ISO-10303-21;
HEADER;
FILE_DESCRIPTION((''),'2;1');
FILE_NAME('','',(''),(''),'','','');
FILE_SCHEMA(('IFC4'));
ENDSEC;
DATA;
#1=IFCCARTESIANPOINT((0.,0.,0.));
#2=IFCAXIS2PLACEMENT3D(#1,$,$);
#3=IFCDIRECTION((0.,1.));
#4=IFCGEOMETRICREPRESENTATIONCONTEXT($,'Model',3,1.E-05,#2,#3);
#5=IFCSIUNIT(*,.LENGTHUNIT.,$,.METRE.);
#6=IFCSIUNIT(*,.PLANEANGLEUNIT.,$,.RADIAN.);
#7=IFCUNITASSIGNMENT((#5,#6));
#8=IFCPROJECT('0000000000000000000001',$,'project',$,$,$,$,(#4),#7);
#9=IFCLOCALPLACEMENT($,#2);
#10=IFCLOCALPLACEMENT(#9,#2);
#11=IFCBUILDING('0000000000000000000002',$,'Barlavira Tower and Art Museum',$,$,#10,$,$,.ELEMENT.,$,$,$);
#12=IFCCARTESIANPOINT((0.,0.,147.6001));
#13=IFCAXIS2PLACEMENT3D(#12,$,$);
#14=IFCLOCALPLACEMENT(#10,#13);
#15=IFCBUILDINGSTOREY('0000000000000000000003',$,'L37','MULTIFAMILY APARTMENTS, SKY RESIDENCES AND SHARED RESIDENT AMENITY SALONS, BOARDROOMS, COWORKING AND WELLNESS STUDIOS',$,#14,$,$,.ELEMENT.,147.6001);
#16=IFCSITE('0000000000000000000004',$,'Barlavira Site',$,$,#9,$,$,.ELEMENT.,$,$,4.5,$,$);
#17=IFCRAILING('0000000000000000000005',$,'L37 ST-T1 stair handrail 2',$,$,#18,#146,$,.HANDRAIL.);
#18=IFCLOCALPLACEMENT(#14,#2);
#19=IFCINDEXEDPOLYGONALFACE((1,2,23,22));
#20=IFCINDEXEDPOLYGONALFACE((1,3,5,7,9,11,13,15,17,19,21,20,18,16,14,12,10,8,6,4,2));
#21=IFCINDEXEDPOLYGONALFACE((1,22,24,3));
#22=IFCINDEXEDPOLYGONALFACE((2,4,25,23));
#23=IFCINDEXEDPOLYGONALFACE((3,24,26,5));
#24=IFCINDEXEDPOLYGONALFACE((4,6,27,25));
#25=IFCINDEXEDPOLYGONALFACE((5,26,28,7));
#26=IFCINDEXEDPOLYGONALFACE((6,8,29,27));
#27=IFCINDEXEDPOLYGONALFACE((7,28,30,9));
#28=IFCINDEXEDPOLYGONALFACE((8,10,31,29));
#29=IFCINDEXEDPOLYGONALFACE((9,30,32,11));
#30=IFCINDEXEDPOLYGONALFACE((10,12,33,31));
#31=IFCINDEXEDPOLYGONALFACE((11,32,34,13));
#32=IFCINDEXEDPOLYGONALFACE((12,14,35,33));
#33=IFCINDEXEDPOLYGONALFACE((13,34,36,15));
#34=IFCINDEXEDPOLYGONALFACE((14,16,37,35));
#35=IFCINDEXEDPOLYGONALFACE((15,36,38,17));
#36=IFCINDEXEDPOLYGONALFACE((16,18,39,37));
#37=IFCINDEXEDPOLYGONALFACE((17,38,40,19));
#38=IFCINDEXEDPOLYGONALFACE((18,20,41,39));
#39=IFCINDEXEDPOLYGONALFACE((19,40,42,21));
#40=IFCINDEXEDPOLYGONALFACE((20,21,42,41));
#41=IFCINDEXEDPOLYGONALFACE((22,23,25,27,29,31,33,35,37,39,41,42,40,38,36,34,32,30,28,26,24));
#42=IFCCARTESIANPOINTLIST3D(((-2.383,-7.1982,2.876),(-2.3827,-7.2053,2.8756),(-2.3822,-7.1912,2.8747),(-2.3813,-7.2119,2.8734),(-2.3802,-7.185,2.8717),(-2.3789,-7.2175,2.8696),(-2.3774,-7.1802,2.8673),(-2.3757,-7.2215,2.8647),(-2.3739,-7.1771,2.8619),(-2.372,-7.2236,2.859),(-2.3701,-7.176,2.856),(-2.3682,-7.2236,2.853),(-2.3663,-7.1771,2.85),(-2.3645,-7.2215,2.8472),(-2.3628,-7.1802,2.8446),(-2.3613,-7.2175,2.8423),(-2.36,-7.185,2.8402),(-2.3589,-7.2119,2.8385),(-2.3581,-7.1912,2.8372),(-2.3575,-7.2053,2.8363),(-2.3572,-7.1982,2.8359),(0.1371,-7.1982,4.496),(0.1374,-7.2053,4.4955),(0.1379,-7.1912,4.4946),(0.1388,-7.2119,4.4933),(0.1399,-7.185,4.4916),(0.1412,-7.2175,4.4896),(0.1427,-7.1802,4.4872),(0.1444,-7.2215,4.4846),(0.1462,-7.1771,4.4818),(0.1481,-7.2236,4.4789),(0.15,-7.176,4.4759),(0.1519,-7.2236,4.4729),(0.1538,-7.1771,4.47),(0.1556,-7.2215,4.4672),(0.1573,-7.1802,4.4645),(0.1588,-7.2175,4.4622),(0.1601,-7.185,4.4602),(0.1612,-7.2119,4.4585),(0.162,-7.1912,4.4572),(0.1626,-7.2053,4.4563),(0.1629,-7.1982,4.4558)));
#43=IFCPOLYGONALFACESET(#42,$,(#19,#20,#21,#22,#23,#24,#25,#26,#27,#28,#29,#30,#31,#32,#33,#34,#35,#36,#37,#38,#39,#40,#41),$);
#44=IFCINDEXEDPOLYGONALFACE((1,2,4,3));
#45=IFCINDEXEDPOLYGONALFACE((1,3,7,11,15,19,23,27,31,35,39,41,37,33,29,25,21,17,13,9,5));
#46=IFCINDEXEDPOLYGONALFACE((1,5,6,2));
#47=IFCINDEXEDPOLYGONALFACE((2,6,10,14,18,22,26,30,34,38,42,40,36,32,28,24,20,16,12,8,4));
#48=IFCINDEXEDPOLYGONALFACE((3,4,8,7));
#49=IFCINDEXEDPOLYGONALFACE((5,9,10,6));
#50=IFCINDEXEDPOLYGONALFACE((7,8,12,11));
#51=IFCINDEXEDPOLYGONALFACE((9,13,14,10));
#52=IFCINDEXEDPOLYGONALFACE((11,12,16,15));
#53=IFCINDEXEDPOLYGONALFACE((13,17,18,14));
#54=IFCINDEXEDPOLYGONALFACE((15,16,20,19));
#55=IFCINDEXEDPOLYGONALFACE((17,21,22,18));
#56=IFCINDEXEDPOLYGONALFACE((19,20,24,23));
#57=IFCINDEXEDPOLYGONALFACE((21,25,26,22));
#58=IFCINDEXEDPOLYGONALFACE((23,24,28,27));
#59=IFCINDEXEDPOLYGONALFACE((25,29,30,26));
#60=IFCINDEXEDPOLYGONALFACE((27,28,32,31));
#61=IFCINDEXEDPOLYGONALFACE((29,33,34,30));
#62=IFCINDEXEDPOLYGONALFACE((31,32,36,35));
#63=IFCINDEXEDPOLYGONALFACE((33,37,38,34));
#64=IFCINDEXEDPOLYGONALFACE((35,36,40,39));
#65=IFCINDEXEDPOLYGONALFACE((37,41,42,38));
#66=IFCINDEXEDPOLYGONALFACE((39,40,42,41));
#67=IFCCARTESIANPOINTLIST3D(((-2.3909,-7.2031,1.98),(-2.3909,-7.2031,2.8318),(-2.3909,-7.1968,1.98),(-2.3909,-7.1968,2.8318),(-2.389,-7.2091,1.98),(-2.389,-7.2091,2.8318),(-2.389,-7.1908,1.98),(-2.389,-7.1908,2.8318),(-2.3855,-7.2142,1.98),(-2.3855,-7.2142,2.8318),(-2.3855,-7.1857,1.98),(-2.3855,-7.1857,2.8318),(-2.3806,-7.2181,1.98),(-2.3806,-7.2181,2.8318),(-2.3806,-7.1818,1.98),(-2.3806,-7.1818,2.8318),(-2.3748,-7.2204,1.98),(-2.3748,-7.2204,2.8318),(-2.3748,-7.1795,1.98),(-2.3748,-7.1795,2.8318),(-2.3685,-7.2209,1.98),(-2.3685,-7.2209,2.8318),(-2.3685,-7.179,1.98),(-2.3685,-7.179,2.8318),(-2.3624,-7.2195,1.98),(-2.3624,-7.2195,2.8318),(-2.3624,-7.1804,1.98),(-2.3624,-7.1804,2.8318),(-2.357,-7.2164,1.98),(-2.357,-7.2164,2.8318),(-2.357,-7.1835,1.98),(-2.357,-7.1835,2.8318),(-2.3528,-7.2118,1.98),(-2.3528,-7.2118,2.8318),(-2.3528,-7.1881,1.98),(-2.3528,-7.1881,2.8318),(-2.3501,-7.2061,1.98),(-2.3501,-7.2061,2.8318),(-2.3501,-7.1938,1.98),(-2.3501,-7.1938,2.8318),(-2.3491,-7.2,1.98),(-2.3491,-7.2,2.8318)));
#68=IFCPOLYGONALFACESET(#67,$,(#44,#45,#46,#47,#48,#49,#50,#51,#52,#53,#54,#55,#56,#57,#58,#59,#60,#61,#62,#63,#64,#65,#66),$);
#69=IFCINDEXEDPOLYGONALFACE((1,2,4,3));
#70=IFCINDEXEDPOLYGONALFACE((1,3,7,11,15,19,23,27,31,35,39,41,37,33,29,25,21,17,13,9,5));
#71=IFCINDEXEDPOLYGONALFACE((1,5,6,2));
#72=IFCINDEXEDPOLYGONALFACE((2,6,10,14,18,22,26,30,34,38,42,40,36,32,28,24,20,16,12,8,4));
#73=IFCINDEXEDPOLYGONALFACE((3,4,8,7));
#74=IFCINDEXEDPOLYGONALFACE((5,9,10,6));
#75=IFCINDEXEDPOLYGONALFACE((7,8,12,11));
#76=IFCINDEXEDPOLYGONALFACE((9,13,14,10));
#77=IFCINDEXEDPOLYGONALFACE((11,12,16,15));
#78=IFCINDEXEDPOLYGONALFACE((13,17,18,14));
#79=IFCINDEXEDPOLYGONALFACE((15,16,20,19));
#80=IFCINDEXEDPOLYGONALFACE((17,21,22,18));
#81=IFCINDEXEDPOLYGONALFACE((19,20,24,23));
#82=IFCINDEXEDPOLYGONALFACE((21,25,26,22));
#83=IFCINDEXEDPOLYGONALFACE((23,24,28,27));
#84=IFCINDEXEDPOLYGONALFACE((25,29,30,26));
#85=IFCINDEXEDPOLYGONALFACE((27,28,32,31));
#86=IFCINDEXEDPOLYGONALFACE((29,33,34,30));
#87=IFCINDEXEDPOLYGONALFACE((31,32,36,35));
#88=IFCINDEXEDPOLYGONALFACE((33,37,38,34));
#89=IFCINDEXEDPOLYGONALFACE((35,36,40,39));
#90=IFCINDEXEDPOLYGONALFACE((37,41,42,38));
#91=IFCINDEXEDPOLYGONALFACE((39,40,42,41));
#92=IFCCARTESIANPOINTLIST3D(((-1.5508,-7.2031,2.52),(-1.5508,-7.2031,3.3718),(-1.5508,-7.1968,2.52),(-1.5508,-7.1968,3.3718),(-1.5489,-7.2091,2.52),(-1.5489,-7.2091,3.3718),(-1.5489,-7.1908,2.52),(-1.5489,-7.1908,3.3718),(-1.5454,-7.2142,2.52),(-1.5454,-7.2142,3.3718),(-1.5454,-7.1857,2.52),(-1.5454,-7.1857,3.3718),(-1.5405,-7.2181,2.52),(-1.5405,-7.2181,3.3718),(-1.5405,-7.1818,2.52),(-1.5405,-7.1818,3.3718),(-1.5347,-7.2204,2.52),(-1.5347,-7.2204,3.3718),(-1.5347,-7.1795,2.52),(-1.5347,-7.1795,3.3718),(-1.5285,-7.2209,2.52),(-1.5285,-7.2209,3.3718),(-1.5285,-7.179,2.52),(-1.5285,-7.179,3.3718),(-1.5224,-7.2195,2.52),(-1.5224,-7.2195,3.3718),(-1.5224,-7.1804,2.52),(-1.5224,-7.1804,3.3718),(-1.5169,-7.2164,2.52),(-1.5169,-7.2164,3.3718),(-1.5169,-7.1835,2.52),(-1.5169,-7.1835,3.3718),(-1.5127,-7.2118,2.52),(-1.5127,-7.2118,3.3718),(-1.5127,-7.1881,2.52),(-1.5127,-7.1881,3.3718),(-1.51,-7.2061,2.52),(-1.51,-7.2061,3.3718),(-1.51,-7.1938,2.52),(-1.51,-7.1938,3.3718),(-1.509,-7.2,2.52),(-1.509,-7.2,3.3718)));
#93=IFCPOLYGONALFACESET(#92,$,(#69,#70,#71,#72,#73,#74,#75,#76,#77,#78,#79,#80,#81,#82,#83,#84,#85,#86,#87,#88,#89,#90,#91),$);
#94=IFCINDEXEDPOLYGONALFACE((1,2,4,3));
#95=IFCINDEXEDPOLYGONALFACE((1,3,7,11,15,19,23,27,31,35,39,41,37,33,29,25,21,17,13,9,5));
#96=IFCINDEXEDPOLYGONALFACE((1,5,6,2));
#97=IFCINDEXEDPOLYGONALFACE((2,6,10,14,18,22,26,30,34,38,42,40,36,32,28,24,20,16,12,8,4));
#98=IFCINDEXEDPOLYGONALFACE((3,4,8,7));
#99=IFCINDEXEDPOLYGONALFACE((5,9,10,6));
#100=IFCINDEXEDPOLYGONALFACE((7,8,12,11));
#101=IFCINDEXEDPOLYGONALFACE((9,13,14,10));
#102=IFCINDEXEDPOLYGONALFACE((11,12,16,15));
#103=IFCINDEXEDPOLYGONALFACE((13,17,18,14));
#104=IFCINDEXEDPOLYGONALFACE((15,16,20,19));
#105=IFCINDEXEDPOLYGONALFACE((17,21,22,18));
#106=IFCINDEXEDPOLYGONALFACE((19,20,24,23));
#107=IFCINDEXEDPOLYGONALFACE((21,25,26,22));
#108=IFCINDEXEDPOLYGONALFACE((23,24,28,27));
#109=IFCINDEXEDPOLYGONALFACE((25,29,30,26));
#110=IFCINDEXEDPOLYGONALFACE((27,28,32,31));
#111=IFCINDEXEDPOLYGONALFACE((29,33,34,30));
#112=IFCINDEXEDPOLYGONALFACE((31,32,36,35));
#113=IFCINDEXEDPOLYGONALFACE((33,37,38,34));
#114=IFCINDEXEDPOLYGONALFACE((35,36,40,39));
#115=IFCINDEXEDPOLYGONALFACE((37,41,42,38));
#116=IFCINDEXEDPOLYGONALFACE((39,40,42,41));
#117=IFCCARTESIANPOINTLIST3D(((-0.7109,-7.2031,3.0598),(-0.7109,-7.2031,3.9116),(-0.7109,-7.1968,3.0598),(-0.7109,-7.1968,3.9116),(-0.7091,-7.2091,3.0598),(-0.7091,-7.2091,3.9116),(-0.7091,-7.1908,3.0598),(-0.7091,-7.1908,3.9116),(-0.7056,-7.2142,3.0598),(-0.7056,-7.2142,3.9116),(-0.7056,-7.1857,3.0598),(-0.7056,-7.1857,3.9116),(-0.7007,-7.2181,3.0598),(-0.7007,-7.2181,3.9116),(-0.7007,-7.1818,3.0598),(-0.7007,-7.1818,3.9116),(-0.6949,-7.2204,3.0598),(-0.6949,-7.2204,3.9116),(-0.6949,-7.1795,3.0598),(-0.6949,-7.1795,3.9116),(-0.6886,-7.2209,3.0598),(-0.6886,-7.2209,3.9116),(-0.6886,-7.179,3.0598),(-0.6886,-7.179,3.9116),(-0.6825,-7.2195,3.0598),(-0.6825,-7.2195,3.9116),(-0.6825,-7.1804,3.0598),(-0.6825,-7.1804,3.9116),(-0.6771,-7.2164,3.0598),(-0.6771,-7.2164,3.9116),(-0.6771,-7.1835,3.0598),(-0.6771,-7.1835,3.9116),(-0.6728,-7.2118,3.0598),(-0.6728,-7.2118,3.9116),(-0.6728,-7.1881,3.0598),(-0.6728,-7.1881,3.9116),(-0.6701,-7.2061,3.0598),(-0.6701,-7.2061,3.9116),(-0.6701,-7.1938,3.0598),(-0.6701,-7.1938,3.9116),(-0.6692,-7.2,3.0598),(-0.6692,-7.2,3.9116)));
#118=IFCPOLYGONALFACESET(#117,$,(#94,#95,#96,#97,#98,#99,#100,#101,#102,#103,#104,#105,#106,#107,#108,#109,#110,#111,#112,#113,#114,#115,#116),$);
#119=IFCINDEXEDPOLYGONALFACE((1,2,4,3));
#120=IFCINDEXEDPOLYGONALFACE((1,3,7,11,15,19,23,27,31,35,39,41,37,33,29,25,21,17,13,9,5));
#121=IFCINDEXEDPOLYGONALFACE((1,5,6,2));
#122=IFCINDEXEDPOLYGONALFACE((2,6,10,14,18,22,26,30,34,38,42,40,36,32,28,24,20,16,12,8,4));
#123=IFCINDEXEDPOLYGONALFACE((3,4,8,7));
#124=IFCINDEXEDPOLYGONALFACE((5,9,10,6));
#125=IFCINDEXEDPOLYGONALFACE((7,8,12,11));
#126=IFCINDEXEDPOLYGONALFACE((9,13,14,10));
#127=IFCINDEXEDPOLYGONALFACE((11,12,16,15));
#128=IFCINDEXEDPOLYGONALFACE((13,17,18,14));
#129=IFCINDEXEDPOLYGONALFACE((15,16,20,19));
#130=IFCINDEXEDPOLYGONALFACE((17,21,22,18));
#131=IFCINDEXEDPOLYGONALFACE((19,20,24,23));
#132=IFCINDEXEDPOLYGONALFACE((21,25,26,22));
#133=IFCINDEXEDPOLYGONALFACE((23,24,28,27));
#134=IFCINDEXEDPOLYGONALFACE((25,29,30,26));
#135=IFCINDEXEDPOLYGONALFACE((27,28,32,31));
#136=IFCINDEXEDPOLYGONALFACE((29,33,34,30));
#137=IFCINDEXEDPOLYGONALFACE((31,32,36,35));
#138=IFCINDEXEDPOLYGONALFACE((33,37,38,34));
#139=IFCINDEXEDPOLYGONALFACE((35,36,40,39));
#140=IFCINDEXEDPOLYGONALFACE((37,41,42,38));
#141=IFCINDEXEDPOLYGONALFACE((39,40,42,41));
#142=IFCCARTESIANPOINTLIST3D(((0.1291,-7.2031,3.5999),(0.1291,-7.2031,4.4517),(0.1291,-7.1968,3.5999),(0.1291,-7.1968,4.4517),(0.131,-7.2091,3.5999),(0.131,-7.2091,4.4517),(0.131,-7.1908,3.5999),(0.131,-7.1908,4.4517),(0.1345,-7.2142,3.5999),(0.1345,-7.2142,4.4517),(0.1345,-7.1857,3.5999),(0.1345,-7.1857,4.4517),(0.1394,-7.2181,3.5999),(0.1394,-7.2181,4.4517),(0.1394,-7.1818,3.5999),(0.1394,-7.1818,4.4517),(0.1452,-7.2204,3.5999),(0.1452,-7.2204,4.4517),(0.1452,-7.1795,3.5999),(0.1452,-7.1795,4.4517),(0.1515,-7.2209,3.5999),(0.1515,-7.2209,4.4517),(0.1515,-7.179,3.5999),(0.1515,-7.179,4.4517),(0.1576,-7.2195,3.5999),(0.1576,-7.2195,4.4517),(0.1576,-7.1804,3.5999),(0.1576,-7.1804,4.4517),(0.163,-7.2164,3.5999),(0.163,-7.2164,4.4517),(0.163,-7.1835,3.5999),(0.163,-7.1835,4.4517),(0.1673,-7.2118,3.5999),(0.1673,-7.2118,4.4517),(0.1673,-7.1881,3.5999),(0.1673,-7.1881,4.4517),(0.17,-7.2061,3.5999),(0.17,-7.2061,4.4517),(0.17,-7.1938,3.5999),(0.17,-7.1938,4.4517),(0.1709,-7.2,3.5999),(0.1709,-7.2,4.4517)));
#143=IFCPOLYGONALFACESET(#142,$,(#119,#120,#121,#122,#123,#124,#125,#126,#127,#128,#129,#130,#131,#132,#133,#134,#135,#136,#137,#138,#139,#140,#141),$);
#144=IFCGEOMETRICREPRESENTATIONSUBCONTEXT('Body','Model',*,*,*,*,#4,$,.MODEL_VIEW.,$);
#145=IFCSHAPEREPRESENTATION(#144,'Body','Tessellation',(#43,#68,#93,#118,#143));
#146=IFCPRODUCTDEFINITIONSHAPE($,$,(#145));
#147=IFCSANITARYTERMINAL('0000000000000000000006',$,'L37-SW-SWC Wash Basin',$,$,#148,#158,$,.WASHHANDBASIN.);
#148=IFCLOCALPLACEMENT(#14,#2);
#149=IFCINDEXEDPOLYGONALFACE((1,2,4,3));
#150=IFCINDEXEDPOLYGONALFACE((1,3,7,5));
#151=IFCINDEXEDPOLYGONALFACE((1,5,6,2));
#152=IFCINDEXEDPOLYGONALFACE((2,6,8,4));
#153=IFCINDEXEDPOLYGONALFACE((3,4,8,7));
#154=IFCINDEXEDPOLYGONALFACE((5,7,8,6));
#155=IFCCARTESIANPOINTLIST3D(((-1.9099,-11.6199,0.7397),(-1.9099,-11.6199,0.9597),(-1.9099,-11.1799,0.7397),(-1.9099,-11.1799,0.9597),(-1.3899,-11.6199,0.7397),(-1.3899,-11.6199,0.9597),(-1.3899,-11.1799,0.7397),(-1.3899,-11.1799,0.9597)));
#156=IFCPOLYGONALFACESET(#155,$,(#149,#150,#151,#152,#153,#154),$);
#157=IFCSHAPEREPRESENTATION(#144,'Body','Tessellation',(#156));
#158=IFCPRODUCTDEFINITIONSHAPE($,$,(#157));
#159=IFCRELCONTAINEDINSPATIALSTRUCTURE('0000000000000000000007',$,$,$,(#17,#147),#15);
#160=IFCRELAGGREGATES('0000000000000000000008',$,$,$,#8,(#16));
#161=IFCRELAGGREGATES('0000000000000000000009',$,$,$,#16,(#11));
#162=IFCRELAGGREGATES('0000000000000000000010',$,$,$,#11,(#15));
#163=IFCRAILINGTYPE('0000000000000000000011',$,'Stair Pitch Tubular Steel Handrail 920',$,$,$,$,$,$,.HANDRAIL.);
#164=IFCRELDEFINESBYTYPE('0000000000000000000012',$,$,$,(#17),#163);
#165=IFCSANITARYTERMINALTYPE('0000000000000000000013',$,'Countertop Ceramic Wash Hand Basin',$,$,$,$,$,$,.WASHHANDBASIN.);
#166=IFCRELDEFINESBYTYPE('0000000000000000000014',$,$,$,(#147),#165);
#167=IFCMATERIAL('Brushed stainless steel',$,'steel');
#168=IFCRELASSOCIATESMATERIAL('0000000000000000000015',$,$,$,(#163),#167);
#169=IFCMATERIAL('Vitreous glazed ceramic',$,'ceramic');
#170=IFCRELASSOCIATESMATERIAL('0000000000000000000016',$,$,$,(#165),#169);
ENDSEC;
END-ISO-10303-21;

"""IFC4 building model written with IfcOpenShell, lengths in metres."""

from ifc_helpers import new_model, si_unit, direction, frame, origin, origin_2d, place, context, subcontext, project, spatial, rectangle, circle, extrude, material, type_object, element, save


model = new_model("IFC4")

# Units and contexts
model_context = context("Model", 3, precision=1e-05, world=origin(), true_north=direction((0.0, 1.0)))
body_context = subcontext(model_context, "Body", "Model", "MODEL_VIEW")
ifc_project = project(units=[si_unit("LENGTHUNIT", "METRE"), si_unit("PLANEANGLEUNIT", "RADIAN")], contexts=[model_context])

# Site, building, storey
site_placement = place(None, origin())
site = spatial("IfcSite", under=ifc_project, at=site_placement, Name="Barlavira Site", CompositionType="ELEMENT", RefElevation=4.5)
building_placement = place(site_placement, origin())
building = spatial("IfcBuilding", under=site, at=building_placement, Name="Barlavira Tower and Art Museum", CompositionType="ELEMENT")
storey_placement = place(building_placement, frame((0.0, 0.0, 147.6001)))
storey = spatial("IfcBuildingStorey", under=building, at=storey_placement, Name="L37", Description="MULTIFAMILY APARTMENTS, SKY RESIDENCES AND SHARED RESIDENT AMENITY SALONS, BOARDROOMS, COWORKING AND WELLNESS STUDIOS", CompositionType="ELEMENT", Elevation=147.6001)

# Shared definitions
ifc_material_1 = material(Name="Brushed stainless steel", Category="steel")

# Railing
railing_type_1 = type_object("IfcRailingType", Name="Stair Pitch Tubular Steel Handrail 920", PredefinedType="HANDRAIL", material=ifc_material_1)
railing_1_placement = place(storey_placement, frame((-2.3701, -7.2, 1.98)))
element("IfcRailing", 1, at=railing_1_placement, inside=storey, type_object=railing_type_1, Name="L37 ST-T1 stair handrail 2", PredefinedType="HANDRAIL", context=body_context, shape_type="SweptSolid", body=[
    extrude(circle(Radius=0.0239, at=origin_2d()), frame((0.0, 0.0, 0.876), z_axis=(0.8412, 0.0, 0.540725), x_axis=(0.0, 1.0, 0.0)), (0.0, 0.0, 1.0), 2.9958),
    extrude(circle(Radius=0.021, at=origin_2d()), origin(), (0.0, 0.0, 1.0), 0.8518),
    extrude(circle(Radius=0.021, at=origin_2d()), frame((0.8401, 0.0, 0.54)), (0.0, 0.0, 1.0), 0.8518),
    extrude(circle(Radius=0.021, at=origin_2d()), frame((1.6799, 0.0, 1.0798)), (0.0, 0.0, 1.0), 0.8518),
    extrude(circle(Radius=0.021, at=origin_2d()), frame((2.52, 0.0, 1.6199)), (0.0, 0.0, 1.0), 0.8518),
])

# Sanitary terminal
ifc_material_2 = material(Name="Vitreous glazed ceramic", Category="ceramic")
sanitary_terminal_type = type_object("IfcSanitaryTerminalType", Name="Countertop Ceramic Wash Hand Basin", PredefinedType="WASHHANDBASIN", material=ifc_material_2)
sanitary_terminal_placement = place(storey_placement, frame((-1.6499, -11.3999, 0.7397), z_axis=(0.0, 0.0, 1.0), x_axis=(1.0, 0.0, 0.0)))
element("IfcSanitaryTerminal", 2, at=sanitary_terminal_placement, inside=storey, type_object=sanitary_terminal_type, Name="L37-SW-SWC Wash Basin", PredefinedType="WASHHANDBASIN", context=body_context, shape_type="SweptSolid", body=[
    extrude(rectangle(XDim=0.52, YDim=0.4399, at=origin_2d()), origin(), (0.0, 0.0, 1.0), 0.22),
])

save(model, "model.ifc")
